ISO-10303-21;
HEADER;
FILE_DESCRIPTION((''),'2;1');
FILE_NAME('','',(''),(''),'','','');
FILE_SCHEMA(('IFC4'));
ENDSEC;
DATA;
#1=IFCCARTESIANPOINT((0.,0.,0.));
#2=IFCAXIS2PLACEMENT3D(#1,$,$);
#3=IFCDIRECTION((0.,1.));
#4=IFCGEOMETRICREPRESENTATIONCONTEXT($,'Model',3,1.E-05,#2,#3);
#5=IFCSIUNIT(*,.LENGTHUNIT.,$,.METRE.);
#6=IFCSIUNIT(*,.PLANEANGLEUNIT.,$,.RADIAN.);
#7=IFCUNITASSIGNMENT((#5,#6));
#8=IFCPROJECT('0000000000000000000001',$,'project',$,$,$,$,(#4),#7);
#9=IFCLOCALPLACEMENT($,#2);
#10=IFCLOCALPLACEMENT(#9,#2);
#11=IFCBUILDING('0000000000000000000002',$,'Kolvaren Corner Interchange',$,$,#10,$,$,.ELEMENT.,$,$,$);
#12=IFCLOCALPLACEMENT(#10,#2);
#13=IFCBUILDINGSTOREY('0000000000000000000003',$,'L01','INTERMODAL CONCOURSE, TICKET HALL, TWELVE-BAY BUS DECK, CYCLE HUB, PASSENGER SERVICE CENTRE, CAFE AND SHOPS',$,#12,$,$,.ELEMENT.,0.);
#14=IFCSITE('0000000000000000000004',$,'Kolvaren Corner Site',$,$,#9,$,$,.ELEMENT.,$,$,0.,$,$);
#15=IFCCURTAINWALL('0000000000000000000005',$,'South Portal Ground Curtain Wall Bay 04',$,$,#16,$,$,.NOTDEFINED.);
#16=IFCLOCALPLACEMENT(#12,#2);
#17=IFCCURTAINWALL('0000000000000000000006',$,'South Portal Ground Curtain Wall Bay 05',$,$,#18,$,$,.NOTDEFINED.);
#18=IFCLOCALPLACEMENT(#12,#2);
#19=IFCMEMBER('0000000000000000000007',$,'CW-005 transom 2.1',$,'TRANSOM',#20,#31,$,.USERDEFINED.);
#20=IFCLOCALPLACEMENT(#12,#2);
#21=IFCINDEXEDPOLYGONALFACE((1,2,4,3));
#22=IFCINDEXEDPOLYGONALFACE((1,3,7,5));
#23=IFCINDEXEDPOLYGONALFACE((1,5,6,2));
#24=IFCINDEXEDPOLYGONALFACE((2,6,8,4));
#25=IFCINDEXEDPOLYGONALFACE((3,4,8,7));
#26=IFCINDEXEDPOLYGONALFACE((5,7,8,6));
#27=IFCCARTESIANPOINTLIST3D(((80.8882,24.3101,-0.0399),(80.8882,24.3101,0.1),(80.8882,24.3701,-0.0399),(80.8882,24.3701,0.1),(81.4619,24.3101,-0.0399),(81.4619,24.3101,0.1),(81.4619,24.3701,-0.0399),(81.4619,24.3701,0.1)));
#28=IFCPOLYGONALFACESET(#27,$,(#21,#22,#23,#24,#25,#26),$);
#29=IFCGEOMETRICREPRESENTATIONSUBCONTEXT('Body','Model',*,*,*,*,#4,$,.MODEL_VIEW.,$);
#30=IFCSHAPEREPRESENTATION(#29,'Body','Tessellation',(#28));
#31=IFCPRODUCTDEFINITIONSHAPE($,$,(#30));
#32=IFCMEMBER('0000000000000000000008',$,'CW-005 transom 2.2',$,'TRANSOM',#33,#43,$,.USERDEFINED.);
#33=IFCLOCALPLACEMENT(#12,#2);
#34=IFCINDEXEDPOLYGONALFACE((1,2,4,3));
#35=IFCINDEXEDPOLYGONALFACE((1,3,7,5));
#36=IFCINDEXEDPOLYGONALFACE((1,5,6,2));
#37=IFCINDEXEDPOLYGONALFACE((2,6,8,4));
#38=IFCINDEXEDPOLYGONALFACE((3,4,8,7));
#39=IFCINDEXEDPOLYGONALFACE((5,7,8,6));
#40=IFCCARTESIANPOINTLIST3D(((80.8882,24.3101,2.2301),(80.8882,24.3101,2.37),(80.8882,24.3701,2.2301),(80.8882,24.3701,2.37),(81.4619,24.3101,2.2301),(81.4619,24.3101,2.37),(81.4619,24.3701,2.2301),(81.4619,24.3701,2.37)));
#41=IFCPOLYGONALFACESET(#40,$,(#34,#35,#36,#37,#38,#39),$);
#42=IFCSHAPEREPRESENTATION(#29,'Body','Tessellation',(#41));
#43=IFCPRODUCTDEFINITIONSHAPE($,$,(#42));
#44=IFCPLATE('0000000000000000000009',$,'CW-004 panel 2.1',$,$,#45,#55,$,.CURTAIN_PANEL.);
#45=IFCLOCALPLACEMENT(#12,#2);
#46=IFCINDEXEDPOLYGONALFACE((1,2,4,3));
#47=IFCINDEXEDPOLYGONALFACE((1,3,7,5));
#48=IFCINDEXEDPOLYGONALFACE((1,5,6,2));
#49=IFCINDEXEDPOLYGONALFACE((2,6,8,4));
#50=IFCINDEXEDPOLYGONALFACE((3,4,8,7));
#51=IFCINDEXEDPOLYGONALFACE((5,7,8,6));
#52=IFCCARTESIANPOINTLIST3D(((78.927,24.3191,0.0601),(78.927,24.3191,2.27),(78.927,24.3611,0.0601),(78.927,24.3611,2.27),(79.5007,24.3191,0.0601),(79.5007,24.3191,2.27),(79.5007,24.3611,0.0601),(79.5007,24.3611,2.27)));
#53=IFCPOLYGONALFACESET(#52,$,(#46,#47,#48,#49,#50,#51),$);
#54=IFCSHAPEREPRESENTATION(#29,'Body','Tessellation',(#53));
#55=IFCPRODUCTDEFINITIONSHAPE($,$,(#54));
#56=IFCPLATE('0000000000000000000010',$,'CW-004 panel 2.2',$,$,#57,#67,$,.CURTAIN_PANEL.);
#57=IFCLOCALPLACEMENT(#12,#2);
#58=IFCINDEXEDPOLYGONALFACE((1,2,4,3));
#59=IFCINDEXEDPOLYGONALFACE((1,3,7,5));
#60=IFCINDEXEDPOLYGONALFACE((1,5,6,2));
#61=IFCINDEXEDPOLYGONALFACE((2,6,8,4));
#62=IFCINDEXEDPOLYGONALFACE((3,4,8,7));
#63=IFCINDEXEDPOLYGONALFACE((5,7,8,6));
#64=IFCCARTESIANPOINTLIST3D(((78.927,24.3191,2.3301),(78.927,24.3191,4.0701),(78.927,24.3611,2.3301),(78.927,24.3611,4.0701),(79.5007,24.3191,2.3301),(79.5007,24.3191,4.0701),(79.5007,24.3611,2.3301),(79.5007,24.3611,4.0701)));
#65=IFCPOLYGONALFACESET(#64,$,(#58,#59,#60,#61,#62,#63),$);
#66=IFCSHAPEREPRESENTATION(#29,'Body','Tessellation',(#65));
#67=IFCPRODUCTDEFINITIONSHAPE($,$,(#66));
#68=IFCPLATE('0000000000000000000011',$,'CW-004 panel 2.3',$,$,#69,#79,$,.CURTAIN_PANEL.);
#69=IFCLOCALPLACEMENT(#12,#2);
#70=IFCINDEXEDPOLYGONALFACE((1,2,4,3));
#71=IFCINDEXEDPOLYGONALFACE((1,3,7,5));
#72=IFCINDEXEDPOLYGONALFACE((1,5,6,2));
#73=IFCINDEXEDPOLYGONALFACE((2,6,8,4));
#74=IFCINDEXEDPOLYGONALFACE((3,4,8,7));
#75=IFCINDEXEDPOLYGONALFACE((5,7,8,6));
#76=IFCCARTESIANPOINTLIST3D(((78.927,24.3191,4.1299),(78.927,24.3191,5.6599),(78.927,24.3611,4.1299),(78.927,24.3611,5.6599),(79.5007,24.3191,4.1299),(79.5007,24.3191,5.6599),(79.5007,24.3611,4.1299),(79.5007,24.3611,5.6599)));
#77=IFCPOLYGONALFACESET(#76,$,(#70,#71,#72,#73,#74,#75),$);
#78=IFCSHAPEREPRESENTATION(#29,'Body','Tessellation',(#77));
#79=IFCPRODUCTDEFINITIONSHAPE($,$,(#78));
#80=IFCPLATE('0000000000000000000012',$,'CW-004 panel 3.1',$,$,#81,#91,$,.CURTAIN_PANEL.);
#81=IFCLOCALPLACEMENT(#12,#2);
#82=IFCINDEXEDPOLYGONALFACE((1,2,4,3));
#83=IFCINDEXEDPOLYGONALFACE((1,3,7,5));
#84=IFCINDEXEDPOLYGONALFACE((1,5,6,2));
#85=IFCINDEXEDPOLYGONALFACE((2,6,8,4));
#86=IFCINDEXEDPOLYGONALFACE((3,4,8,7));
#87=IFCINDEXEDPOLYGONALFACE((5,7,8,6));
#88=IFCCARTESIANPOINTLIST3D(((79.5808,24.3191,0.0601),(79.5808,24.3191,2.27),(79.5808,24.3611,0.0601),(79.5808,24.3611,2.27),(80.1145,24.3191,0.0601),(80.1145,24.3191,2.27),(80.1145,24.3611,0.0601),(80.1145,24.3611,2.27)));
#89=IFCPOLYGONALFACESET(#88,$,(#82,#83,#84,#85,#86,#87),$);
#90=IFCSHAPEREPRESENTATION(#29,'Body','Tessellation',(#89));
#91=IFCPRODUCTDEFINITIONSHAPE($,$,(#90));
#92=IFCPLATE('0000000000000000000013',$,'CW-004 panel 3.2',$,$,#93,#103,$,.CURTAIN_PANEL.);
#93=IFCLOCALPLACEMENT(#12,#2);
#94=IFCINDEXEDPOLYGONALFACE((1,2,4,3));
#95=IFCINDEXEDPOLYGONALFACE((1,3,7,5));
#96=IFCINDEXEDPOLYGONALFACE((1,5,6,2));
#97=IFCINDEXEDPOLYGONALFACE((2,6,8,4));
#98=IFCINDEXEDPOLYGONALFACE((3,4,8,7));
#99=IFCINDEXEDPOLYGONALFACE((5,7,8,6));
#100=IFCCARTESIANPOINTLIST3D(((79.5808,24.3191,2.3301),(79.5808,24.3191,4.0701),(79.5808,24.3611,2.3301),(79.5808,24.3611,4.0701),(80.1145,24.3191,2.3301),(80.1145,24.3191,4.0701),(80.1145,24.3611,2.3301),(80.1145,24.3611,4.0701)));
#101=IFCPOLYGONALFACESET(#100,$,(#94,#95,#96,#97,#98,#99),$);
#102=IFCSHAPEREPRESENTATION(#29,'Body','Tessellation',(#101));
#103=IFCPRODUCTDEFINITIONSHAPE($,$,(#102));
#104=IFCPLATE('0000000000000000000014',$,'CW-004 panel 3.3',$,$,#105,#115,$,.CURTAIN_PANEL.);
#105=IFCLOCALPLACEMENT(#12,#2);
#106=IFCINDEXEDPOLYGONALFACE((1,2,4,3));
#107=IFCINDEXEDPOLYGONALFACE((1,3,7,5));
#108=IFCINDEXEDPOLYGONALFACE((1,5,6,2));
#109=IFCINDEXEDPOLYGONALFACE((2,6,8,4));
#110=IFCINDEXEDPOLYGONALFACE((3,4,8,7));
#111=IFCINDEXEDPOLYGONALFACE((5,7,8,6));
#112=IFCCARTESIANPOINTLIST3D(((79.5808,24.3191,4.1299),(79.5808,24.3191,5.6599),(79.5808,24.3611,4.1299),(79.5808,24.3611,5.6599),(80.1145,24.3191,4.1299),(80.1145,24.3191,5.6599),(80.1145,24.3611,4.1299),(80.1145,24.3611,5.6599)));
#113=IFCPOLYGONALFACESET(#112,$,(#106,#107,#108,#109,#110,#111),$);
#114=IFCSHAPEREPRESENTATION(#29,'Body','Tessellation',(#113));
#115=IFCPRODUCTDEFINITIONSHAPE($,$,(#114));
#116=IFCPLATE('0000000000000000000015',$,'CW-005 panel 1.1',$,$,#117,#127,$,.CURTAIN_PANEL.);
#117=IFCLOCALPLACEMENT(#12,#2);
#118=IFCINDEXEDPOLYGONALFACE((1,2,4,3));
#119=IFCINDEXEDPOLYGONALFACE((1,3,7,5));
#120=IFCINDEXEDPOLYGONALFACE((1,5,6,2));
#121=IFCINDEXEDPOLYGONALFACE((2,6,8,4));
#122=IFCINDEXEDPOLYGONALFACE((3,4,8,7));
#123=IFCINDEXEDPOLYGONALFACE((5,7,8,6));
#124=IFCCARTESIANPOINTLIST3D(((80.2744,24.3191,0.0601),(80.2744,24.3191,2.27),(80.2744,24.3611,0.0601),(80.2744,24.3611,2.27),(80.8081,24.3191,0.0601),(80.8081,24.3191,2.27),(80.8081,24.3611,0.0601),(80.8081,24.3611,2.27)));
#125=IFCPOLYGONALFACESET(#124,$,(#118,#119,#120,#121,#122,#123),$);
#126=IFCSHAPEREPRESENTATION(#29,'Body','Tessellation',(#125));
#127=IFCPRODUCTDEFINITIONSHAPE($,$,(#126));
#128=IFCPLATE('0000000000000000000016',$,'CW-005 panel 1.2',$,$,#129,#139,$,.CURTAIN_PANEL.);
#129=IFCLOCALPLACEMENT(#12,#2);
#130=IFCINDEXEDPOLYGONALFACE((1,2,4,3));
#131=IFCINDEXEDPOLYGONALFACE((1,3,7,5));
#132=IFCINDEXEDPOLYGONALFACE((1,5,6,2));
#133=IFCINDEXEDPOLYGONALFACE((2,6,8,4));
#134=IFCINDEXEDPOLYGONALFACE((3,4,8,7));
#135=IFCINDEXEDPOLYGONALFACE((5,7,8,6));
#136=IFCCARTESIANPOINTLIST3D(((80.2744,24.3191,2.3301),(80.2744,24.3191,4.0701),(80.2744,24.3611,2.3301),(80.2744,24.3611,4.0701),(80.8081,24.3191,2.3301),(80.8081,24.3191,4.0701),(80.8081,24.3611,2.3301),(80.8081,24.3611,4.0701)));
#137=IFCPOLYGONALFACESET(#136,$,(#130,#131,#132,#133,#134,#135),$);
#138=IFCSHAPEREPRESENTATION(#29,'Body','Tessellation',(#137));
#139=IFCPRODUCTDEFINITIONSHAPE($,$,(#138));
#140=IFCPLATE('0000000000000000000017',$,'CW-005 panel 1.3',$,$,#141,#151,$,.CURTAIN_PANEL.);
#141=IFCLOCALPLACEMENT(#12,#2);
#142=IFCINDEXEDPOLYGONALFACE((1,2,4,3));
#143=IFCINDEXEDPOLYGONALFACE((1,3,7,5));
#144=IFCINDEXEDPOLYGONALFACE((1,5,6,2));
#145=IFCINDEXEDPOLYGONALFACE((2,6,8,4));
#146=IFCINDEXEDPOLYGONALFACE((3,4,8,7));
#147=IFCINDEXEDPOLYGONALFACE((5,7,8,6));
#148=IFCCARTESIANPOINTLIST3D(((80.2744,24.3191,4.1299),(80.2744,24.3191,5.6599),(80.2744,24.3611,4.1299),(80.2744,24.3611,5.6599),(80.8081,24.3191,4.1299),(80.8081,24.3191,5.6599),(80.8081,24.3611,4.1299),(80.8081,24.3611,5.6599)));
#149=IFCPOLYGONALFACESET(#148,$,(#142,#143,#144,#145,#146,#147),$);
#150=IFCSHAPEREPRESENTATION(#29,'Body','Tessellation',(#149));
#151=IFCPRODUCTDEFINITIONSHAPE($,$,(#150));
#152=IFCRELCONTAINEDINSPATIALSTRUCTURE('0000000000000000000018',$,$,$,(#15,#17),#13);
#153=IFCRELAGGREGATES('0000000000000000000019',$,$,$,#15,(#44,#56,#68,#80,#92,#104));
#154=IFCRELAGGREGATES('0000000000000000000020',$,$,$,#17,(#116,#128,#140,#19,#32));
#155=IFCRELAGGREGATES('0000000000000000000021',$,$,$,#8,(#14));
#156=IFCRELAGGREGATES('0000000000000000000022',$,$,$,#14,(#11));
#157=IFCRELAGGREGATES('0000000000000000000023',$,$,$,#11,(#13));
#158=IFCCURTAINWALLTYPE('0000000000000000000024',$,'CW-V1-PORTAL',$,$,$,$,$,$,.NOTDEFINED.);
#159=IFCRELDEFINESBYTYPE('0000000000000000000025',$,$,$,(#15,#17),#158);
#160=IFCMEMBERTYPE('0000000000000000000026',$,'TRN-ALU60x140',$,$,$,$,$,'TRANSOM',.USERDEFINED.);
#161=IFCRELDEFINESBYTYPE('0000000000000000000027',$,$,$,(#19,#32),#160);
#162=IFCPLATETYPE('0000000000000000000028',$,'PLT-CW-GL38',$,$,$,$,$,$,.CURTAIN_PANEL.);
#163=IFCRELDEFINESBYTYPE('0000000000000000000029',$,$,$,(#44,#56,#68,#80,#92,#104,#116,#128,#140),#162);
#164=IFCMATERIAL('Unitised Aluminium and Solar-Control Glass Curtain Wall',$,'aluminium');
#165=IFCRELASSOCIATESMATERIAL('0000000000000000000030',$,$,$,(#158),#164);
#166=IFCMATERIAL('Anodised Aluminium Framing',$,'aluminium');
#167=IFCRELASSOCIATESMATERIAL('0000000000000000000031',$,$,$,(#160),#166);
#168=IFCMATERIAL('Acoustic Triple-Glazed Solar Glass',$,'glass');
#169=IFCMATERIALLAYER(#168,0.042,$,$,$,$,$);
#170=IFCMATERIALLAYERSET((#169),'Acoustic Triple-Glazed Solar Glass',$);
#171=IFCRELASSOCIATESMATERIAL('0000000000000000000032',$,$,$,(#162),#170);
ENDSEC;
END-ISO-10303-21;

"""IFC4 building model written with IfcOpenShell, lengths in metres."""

from ifc_helpers import new_model, si_unit, direction, frame, origin, origin_2d, place, context, subcontext, project, spatial, rectangle, extrude, material, layer, layer_set, material_profile, profile_set, type_object, element, aggregate, save


model = new_model("IFC4")

# Units and contexts
model_context = context("Model", 3, precision=1e-05, world=origin(), true_north=direction((0.0, 1.0)))
body_context = subcontext(model_context, "Body", "Model", "MODEL_VIEW")
ifc_project = project(units=[si_unit("LENGTHUNIT", "METRE"), si_unit("PLANEANGLEUNIT", "RADIAN")], contexts=[model_context])

# Site, building, storey
site_placement = place(None, origin())
site = spatial("IfcSite", under=ifc_project, at=site_placement, Name="Kolvaren Corner Site", CompositionType="ELEMENT", RefElevation=0.0)
building_placement = place(site_placement, origin())
building = spatial("IfcBuilding", under=site, at=building_placement, Name="Kolvaren Corner Interchange", CompositionType="ELEMENT")
storey_placement = place(building_placement, origin())
storey = spatial("IfcBuildingStorey", under=building, at=storey_placement, Name="L01", Description="INTERMODAL CONCOURSE, TICKET HALL, TWELVE-BAY BUS DECK, CYCLE HUB, PASSENGER SERVICE CENTRE, CAFE AND SHOPS", CompositionType="ELEMENT", Elevation=0.0)

# Curtain walls
ifc_material_1 = material(Name="Unitised Aluminium and Solar-Control Glass Curtain Wall", Category="aluminium")
curtain_wall_type = type_object("IfcCurtainWallType", Name="CW-V1-PORTAL", PredefinedType="NOTDEFINED", material=ifc_material_1)
curtain_wall_1_placement = place(storey_placement, origin())
curtain_wall_1 = element("IfcCurtainWall", 1, at=curtain_wall_1_placement, inside=storey, type_object=curtain_wall_type, Name="South Portal Ground Curtain Wall Bay 04", PredefinedType="NOTDEFINED")
curtain_wall_2_placement = place(storey_placement, origin())
curtain_wall_2 = element("IfcCurtainWall", 2, at=curtain_wall_2_placement, inside=storey, type_object=curtain_wall_type, Name="South Portal Ground Curtain Wall Bay 05", PredefinedType="NOTDEFINED")

# Members
ifc_material_2 = material(Name="Anodised Aluminium Framing", Category="aluminium")
ifc_material_profile_1 = material_profile(ifc_material_2, rectangle(XDim=0.0601, YDim=0.1399, at=origin_2d()), Name="ALU 60x140")
ifc_profile_set_1 = profile_set([ifc_material_profile_1], Name="Anodised Aluminium Framing")
member_type_1 = type_object("IfcMemberType", Name="TRN-ALU60x140", ElementType="TRANSOM", PredefinedType="USERDEFINED", material=ifc_profile_set_1)
member_1_placement = place(storey_placement, frame((80.8882, 24.3401, 0.03), z_axis=(1.0, 0.0, 0.0), x_axis=(0.0, 1.0, 0.0)))
member_1 = element("IfcMember", 3, at=member_1_placement, type_object=member_type_1, Name="CW-005 transom 2.1", ObjectType="TRANSOM", PredefinedType="USERDEFINED", context=body_context, shape_type="SweptSolid", body=[
    extrude(rectangle(XDim=0.0601, YDim=0.1399, at=origin_2d()), origin(), (0.0, 0.0, 1.0), 0.5737),
])
member_2_placement = place(storey_placement, frame((80.8882, 24.3401, 2.3), z_axis=(1.0, 0.0, 0.0), x_axis=(0.0, 1.0, 0.0)))
member_2 = element("IfcMember", 4, at=member_2_placement, type_object=member_type_1, Name="CW-005 transom 2.2", ObjectType="TRANSOM", PredefinedType="USERDEFINED", context=body_context, shape_type="SweptSolid", body=[
    extrude(rectangle(XDim=0.0601, YDim=0.1399, at=origin_2d()), origin(), (0.0, 0.0, 1.0), 0.5737),
])

# Plates
ifc_material_3 = material(Name="Acoustic Triple-Glazed Solar Glass", Category="glass")
ifc_layer = layer(ifc_material_3, 0.042)
ifc_layer_set = layer_set([ifc_layer], Name="Acoustic Triple-Glazed Solar Glass")
plate_type = type_object("IfcPlateType", Name="PLT-CW-GL38", PredefinedType="CURTAIN_PANEL", material=ifc_layer_set)
plate_1_placement = place(storey_placement, frame((79.2139, 24.3401, 0.0601), z_axis=(0.0, 0.0, 1.0), x_axis=(1.0, 0.0, 0.0)))
plate_1 = element("IfcPlate", 5, at=plate_1_placement, type_object=plate_type, Name="CW-004 panel 2.1", PredefinedType="CURTAIN_PANEL", context=body_context, shape_type="SweptSolid", body=[
    extrude(rectangle(XDim=0.5737, YDim=0.042, at=origin_2d()), origin(), (0.0, 0.0, 1.0), 2.21),
])
plate_2_placement = place(storey_placement, frame((79.2139, 24.3401, 2.3301), z_axis=(0.0, 0.0, 1.0), x_axis=(1.0, 0.0, 0.0)))
plate_2 = element("IfcPlate", 6, at=plate_2_placement, type_object=plate_type, Name="CW-004 panel 2.2", PredefinedType="CURTAIN_PANEL", context=body_context, shape_type="SweptSolid", body=[
    extrude(rectangle(XDim=0.5737, YDim=0.042, at=origin_2d()), origin(), (0.0, 0.0, 1.0), 1.74),
])
plate_3_placement = place(storey_placement, frame((79.2139, 24.3401, 4.1299), z_axis=(0.0, 0.0, 1.0), x_axis=(1.0, 0.0, 0.0)))
plate_3 = element("IfcPlate", 7, at=plate_3_placement, type_object=plate_type, Name="CW-004 panel 2.3", PredefinedType="CURTAIN_PANEL", context=body_context, shape_type="SweptSolid", body=[
    extrude(rectangle(XDim=0.5737, YDim=0.042, at=origin_2d()), origin(), (0.0, 0.0, 1.0), 1.53),
])
plate_4_placement = place(storey_placement, frame((79.8477, 24.3401, 0.0601), z_axis=(0.0, 0.0, 1.0), x_axis=(1.0, 0.0, 0.0)))
plate_4 = element("IfcPlate", 8, at=plate_4_placement, type_object=plate_type, Name="CW-004 panel 3.1", PredefinedType="CURTAIN_PANEL", context=body_context, shape_type="SweptSolid", body=[
    extrude(rectangle(XDim=0.5337, YDim=0.042, at=origin_2d()), origin(), (0.0, 0.0, 1.0), 2.21),
])
plate_5_placement = place(storey_placement, frame((79.8477, 24.3401, 2.3301), z_axis=(0.0, 0.0, 1.0), x_axis=(1.0, 0.0, 0.0)))
plate_5 = element("IfcPlate", 9, at=plate_5_placement, type_object=plate_type, Name="CW-004 panel 3.2", PredefinedType="CURTAIN_PANEL", context=body_context, shape_type="SweptSolid", body=[
    extrude(rectangle(XDim=0.5337, YDim=0.042, at=origin_2d()), origin(), (0.0, 0.0, 1.0), 1.74),
])
plate_6_placement = place(storey_placement, frame((79.8477, 24.3401, 4.1299), z_axis=(0.0, 0.0, 1.0), x_axis=(1.0, 0.0, 0.0)))
plate_6 = element("IfcPlate", 10, at=plate_6_placement, type_object=plate_type, Name="CW-004 panel 3.3", PredefinedType="CURTAIN_PANEL", context=body_context, shape_type="SweptSolid", body=[
    extrude(rectangle(XDim=0.5337, YDim=0.042, at=origin_2d()), origin(), (0.0, 0.0, 1.0), 1.53),
])
aggregate(curtain_wall_1, [plate_1, plate_2, plate_3, plate_4, plate_5, plate_6])
plate_7_placement = place(storey_placement, frame((80.5413, 24.3401, 0.0601), z_axis=(0.0, 0.0, 1.0), x_axis=(1.0, 0.0, 0.0)))
plate_7 = element("IfcPlate", 11, at=plate_7_placement, type_object=plate_type, Name="CW-005 panel 1.1", PredefinedType="CURTAIN_PANEL", context=body_context, shape_type="SweptSolid", body=[
    extrude(rectangle(XDim=0.5337, YDim=0.042, at=origin_2d()), origin(), (0.0, 0.0, 1.0), 2.21),
])
plate_8_placement = place(storey_placement, frame((80.5413, 24.3401, 2.3301), z_axis=(0.0, 0.0, 1.0), x_axis=(1.0, 0.0, 0.0)))
plate_8 = element("IfcPlate", 12, at=plate_8_placement, type_object=plate_type, Name="CW-005 panel 1.2", PredefinedType="CURTAIN_PANEL", context=body_context, shape_type="SweptSolid", body=[
    extrude(rectangle(XDim=0.5337, YDim=0.042, at=origin_2d()), origin(), (0.0, 0.0, 1.0), 1.74),
])
plate_9_placement = place(storey_placement, frame((80.5413, 24.3401, 4.1299), z_axis=(0.0, 0.0, 1.0), x_axis=(1.0, 0.0, 0.0)))
plate_9 = element("IfcPlate", 13, at=plate_9_placement, type_object=plate_type, Name="CW-005 panel 1.3", PredefinedType="CURTAIN_PANEL", context=body_context, shape_type="SweptSolid", body=[
    extrude(rectangle(XDim=0.5337, YDim=0.042, at=origin_2d()), origin(), (0.0, 0.0, 1.0), 1.53),
])
aggregate(curtain_wall_2, [plate_7, plate_8, plate_9, member_1, member_2])

save(model, "model.ifc")
